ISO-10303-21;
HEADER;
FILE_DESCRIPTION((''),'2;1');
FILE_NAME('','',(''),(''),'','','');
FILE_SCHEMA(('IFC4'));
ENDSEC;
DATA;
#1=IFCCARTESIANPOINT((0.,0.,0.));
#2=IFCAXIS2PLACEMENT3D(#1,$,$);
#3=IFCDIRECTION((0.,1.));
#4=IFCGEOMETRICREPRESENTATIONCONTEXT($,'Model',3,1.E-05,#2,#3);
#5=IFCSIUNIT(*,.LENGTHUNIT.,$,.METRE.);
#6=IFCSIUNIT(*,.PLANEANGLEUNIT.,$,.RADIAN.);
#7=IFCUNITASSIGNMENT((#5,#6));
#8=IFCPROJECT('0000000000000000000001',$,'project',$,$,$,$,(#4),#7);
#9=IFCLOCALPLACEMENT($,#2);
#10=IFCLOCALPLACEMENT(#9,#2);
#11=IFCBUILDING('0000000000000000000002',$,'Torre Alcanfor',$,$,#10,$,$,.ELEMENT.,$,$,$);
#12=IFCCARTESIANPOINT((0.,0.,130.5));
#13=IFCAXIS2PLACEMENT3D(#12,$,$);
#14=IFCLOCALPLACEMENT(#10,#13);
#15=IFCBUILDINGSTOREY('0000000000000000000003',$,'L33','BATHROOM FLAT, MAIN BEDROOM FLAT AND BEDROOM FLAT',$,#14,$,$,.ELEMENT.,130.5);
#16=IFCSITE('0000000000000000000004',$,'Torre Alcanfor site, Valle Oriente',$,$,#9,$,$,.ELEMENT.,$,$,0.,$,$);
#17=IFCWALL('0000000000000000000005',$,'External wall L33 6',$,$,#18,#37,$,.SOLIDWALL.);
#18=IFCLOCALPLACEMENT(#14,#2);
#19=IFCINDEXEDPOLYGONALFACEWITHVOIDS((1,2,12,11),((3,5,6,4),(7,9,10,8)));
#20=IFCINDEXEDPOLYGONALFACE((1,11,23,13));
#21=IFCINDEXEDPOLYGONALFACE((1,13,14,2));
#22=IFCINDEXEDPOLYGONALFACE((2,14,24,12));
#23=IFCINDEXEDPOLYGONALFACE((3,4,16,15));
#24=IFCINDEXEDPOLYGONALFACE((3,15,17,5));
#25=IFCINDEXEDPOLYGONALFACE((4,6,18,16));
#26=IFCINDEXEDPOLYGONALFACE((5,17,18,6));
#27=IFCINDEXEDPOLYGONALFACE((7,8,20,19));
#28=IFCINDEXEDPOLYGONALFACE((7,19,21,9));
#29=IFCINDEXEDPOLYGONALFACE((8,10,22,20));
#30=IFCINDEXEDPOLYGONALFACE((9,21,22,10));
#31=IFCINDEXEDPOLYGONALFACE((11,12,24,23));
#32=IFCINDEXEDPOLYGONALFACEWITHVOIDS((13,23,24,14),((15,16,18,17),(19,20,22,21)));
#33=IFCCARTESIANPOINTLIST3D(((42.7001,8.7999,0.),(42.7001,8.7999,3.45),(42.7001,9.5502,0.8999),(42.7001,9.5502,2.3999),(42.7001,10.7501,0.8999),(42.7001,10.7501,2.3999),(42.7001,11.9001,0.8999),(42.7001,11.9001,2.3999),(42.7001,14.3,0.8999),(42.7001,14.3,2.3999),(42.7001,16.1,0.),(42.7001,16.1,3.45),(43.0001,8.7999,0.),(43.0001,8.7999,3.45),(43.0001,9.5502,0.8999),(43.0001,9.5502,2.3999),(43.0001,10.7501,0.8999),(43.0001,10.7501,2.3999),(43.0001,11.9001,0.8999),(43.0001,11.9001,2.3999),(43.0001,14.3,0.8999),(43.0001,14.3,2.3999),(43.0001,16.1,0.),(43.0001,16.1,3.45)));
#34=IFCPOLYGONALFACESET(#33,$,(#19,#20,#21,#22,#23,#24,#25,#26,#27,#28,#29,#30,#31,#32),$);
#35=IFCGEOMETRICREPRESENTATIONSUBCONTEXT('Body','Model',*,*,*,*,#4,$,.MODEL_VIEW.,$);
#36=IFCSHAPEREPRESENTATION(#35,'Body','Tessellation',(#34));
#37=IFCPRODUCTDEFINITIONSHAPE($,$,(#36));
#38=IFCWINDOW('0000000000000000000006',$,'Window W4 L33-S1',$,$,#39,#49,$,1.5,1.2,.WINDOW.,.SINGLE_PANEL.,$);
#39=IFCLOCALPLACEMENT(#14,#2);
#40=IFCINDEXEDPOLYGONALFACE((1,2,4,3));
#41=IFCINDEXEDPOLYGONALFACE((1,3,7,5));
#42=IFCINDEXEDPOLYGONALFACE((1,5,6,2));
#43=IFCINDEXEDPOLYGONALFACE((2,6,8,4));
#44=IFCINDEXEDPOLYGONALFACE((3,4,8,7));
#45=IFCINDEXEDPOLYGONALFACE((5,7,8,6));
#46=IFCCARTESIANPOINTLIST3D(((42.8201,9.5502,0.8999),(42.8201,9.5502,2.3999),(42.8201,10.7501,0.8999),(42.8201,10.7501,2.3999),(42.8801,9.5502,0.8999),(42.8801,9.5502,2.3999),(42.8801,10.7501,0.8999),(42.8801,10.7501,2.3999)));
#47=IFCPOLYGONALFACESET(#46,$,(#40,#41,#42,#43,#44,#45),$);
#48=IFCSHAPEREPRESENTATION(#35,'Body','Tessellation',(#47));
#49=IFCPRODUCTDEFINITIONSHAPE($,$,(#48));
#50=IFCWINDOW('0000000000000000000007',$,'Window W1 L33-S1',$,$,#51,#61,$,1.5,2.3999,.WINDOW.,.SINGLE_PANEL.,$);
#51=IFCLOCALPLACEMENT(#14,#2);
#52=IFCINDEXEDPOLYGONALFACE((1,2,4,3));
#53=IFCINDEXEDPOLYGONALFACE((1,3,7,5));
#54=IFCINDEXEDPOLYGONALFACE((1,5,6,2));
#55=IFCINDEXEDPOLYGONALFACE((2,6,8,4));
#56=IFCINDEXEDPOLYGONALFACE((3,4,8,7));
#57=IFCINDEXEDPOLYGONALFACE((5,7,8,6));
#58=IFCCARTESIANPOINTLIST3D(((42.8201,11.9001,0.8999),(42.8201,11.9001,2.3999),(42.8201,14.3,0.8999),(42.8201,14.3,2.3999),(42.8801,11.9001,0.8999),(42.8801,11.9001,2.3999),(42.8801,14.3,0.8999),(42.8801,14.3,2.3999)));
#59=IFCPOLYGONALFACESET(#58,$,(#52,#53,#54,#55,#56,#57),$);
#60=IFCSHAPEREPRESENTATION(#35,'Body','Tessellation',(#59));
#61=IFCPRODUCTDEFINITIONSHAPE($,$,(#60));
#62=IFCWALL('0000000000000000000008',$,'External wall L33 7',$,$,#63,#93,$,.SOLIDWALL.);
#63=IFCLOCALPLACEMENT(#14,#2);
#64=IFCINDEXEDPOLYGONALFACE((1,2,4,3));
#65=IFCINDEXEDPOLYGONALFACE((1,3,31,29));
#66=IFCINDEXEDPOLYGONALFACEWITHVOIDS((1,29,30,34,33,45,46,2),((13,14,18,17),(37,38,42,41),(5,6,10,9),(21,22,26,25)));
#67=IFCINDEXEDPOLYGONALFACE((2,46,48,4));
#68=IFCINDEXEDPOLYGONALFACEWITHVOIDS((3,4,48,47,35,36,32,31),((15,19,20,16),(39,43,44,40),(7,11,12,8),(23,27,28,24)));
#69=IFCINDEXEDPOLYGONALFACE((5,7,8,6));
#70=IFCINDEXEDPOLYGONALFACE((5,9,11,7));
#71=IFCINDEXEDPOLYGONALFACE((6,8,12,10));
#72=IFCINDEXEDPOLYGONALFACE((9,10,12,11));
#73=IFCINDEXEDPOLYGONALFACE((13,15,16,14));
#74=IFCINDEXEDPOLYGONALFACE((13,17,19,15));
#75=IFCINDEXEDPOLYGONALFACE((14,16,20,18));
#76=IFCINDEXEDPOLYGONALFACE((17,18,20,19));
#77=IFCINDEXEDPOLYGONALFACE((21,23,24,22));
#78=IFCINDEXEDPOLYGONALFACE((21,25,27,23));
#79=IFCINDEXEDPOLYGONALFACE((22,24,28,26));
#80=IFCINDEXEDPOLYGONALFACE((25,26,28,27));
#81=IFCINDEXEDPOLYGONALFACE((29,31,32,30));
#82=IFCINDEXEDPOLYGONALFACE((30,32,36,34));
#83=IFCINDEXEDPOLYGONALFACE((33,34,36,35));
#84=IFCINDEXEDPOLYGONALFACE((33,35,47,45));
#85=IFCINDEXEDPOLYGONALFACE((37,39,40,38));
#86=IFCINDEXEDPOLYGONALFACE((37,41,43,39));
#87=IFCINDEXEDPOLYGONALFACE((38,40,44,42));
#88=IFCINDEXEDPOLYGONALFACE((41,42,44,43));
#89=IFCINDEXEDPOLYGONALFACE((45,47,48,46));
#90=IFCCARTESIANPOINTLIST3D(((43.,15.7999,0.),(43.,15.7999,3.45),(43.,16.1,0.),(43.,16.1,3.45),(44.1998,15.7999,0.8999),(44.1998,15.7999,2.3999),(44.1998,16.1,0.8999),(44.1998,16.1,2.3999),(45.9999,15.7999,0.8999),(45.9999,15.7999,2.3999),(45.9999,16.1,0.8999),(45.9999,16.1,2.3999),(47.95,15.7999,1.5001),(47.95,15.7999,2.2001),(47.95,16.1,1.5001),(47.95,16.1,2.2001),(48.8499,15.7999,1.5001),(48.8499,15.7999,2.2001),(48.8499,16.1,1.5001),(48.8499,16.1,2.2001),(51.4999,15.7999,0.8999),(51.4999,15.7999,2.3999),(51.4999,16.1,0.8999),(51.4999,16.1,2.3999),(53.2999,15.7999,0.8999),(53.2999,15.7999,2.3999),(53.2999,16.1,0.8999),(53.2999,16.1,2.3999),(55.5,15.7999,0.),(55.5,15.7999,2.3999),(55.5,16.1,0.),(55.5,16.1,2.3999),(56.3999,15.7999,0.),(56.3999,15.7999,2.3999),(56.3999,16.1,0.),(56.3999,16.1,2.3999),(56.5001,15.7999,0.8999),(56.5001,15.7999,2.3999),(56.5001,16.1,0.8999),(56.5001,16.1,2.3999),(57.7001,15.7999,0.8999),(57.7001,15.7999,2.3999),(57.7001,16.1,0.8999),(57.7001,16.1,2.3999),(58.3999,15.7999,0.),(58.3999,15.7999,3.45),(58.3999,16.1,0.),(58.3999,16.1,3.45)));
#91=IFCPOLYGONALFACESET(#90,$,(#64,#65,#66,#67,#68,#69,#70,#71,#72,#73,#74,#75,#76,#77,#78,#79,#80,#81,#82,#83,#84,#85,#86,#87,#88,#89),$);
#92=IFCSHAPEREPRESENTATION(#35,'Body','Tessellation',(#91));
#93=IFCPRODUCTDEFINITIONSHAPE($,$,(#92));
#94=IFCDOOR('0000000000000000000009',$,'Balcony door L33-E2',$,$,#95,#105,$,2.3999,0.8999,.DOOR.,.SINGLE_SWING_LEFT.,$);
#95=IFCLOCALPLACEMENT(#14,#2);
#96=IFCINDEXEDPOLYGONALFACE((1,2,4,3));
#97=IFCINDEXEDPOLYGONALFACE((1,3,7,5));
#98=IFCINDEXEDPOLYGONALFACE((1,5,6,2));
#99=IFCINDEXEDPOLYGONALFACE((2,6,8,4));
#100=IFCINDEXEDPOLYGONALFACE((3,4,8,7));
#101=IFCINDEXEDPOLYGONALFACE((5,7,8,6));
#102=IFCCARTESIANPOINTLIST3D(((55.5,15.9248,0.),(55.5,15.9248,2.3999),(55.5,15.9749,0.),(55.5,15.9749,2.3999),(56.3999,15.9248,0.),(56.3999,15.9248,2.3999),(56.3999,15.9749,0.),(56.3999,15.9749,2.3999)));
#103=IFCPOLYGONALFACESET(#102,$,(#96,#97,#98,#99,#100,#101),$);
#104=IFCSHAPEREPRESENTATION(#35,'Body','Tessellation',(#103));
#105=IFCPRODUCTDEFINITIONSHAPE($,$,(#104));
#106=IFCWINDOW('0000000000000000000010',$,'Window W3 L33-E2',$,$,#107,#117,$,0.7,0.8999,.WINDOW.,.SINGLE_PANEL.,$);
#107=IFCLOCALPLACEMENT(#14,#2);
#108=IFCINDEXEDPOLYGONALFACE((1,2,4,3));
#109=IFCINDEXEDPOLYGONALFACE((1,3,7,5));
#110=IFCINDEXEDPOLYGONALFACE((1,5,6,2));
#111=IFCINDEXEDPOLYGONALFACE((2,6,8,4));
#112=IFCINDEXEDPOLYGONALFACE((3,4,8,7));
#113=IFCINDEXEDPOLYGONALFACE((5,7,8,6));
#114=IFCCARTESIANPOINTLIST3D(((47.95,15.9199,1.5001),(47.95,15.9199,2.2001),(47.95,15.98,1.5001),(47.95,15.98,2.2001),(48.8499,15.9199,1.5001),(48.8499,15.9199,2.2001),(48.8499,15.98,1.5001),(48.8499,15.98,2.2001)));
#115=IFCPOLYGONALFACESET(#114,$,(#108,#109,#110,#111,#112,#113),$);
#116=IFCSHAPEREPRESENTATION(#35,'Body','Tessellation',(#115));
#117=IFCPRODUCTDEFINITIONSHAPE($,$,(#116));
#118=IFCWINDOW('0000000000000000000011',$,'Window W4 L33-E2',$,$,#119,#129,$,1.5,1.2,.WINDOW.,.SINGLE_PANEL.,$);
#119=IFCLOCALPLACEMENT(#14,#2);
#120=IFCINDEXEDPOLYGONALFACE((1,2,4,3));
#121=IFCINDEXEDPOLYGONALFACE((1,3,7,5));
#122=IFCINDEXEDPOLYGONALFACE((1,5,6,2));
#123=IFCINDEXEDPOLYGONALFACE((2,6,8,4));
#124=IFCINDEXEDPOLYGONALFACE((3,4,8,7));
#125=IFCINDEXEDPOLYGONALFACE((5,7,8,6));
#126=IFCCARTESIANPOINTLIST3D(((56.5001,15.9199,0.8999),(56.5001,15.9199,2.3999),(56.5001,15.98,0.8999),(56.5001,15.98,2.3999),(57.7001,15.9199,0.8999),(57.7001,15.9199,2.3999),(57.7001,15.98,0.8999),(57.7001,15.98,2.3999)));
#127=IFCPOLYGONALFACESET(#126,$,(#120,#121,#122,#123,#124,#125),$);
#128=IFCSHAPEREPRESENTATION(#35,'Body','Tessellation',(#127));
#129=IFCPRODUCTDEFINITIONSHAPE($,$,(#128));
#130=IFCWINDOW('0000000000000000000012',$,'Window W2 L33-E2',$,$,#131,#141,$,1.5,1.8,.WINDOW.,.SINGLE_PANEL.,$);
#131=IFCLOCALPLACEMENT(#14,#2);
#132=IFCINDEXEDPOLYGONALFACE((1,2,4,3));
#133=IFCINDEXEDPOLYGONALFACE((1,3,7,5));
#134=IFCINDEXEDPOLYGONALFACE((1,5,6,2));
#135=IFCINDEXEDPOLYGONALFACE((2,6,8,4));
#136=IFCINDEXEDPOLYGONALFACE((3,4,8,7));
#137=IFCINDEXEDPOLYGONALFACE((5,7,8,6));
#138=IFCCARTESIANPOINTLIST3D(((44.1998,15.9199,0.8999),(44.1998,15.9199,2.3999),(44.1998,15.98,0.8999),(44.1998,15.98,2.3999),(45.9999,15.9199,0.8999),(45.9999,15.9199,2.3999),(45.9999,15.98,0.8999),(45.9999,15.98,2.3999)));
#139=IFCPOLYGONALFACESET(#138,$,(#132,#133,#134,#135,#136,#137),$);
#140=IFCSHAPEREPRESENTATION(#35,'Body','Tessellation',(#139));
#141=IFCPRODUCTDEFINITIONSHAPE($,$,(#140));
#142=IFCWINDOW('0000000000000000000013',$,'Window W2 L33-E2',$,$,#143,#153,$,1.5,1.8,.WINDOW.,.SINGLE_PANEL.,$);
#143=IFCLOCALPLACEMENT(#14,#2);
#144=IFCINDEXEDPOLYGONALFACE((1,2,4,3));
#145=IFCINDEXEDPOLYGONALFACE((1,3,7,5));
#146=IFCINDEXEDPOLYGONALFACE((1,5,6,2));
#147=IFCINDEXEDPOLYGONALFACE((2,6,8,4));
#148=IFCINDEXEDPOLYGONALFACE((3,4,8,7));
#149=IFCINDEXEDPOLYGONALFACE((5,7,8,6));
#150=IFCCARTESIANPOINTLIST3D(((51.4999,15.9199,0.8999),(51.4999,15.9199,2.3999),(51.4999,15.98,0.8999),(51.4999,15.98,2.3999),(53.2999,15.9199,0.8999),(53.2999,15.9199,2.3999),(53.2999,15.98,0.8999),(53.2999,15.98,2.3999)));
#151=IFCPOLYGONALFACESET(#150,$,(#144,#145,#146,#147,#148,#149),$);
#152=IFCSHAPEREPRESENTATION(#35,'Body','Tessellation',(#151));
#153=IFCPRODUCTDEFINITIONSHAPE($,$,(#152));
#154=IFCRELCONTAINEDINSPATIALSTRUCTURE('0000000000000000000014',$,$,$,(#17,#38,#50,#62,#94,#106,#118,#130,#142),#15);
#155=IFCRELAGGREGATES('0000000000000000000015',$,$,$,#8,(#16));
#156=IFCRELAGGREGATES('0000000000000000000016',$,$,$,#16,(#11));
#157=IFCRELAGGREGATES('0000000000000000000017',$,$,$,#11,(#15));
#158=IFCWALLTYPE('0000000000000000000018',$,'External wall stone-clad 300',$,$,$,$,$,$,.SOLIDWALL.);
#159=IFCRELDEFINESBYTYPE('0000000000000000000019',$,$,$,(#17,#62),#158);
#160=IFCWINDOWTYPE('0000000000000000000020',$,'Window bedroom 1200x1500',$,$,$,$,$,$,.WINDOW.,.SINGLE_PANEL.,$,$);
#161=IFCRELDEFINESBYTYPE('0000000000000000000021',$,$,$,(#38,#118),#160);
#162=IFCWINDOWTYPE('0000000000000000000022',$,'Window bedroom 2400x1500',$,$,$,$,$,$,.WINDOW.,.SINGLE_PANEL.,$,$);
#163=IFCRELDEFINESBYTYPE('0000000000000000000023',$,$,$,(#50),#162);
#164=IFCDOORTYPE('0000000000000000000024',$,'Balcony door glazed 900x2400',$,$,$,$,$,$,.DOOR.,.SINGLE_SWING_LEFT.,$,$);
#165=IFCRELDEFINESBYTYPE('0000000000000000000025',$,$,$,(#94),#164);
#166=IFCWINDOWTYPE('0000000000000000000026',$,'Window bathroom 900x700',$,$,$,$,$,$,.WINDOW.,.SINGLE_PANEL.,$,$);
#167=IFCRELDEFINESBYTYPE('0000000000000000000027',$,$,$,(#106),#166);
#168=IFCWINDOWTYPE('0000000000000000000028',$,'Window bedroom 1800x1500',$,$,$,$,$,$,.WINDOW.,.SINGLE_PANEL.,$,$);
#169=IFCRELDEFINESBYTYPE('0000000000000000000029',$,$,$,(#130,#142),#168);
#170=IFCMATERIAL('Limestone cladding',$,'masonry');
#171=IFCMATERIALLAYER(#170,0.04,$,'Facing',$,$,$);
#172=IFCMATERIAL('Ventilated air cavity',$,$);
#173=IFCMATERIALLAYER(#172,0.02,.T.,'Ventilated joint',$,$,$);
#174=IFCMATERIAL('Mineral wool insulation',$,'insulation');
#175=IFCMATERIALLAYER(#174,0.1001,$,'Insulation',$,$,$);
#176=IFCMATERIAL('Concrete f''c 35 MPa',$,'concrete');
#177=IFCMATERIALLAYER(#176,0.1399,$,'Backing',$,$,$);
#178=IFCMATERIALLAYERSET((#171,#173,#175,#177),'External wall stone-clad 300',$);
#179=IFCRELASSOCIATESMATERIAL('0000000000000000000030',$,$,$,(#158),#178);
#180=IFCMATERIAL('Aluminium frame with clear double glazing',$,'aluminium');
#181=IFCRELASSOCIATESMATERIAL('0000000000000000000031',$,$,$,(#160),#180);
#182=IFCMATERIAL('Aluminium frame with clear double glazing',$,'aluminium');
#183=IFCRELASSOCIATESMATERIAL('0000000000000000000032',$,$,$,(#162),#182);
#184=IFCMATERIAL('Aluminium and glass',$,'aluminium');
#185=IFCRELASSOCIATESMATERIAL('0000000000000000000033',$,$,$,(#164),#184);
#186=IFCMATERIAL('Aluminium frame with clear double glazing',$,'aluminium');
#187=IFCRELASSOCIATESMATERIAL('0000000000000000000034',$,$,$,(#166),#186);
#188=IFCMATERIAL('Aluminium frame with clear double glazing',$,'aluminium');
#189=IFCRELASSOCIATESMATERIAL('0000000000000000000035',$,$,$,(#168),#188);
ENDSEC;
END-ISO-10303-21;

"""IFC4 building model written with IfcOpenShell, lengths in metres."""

from ifc_helpers import new_model, si_unit, direction, frame, frame_2d, origin, place, context, subcontext, project, spatial, rectangle, extrude, material, layer, layer_set, type_object, element, fill, save


model = new_model("IFC4")

# Units and contexts
model_context = context("Model", 3, precision=1e-05, world=origin(), true_north=direction((0.0, 1.0)))
body_context = subcontext(model_context, "Body", "Model", "MODEL_VIEW")
ifc_project = project(units=[si_unit("LENGTHUNIT", "METRE"), si_unit("PLANEANGLEUNIT", "RADIAN")], contexts=[model_context])

# Site, building, storey
site_placement = place(None, origin())
site = spatial("IfcSite", under=ifc_project, at=site_placement, Name="Torre Alcanfor site, Valle Oriente", CompositionType="ELEMENT", RefElevation=0.0)
building_placement = place(site_placement, origin())
building = spatial("IfcBuilding", under=site, at=building_placement, Name="Torre Alcanfor", CompositionType="ELEMENT")
storey_placement = place(building_placement, frame((0.0, 0.0, 130.5)))
storey = spatial("IfcBuildingStorey", under=building, at=storey_placement, Name="L33", Description="BATHROOM FLAT, MAIN BEDROOM FLAT AND BEDROOM FLAT", CompositionType="ELEMENT", Elevation=130.5)

# Wall, openings, windows
ifc_material_1 = material(Name="Limestone cladding", Category="masonry")
ifc_layer_1 = layer(ifc_material_1, 0.04, Name="Facing")
ifc_material_2 = material(Name="Ventilated air cavity")
ifc_layer_2 = layer(ifc_material_2, 0.02, ventilated=True, Name="Ventilated joint")
ifc_material_3 = material(Name="Mineral wool insulation", Category="insulation")
ifc_layer_3 = layer(ifc_material_3, 0.1001, Name="Insulation")
ifc_material_4 = material(Name="Concrete f'c 35 MPa", Category="concrete")
ifc_layer_4 = layer(ifc_material_4, 0.1399, Name="Backing")
ifc_layer_set_1 = layer_set([ifc_layer_1, ifc_layer_2, ifc_layer_3, ifc_layer_4], Name="External wall stone-clad 300")
wall_type_1 = type_object("IfcWallType", Name="External wall stone-clad 300", PredefinedType="SOLIDWALL", material=ifc_layer_set_1)
wall_1_placement = place(storey_placement, frame((42.8501, 8.8, 0.0), z_axis=(0.0, 0.0, 1.0), x_axis=(0.0, 1.0, 0.0)))
wall_1 = element("IfcWall", 1, at=wall_1_placement, inside=storey, type_object=wall_type_1, Name="External wall L33 6", PredefinedType="SOLIDWALL", context=body_context, shape_type="SweptSolid", body=[
    extrude(rectangle(XDim=7.3, YDim=0.3, at=frame_2d((3.6499, 0.0))), origin(), (0.0, 0.0, 1.0), 3.45),
])
opening_1_placement = place(wall_1_placement, frame((3.1001, 0.0, 0.8999)))
opening_1 = element("IfcOpeningElement", 2, at=opening_1_placement, cuts=wall_1, PredefinedType="OPENING", context=body_context, shape_type="SweptSolid", body=[
    extrude(rectangle(XDim=2.3999, YDim=1.5, at=frame_2d((1.2, 0.75))), frame((0.0, 0.1599, 0.0), z_axis=(0.0, -1.0, 0.0), x_axis=(1.0, 0.0, 0.0)), (0.0, 0.0, 1.0), 0.3201),
])
opening_2_placement = place(wall_1_placement, frame((0.75, 0.0, 0.8999)))
opening_2 = element("IfcOpeningElement", 3, at=opening_2_placement, cuts=wall_1, PredefinedType="OPENING", context=body_context, shape_type="SweptSolid", body=[
    extrude(rectangle(XDim=1.2, YDim=1.5, at=frame_2d((0.6001, 0.75))), frame((0.0, 0.1599, 0.0), z_axis=(0.0, -1.0, 0.0), x_axis=(1.0, 0.0, 0.0)), (0.0, 0.0, 1.0), 0.3201),
])
ifc_material_5 = material(Name="Aluminium frame with clear double glazing", Category="aluminium")
window_type_1 = type_object("IfcWindowType", Name="Window bedroom 1200x1500", PartitioningType="SINGLE_PANEL", PredefinedType="WINDOW", material=ifc_material_5)
window_1_placement = place(opening_2_placement, origin())
window_1 = element("IfcWindow", 4, at=window_1_placement, inside=storey, type_object=window_type_1, Name="Window W4 L33-S1", OverallHeight=1.5, OverallWidth=1.2, PartitioningType="SINGLE_PANEL", PredefinedType="WINDOW", context=body_context, shape_type="SweptSolid", body=[
    extrude(rectangle(XDim=1.2, YDim=1.5, at=frame_2d((0.6001, 0.75))), frame((0.0, 0.03, 0.0), z_axis=(0.0, -1.0, 0.0), x_axis=(1.0, 0.0, 0.0)), (0.0, 0.0, 1.0), 0.0601),
])
fill(opening_2, window_1)
ifc_material_6 = material(Name="Aluminium frame with clear double glazing", Category="aluminium")
window_type_2 = type_object("IfcWindowType", Name="Window bedroom 2400x1500", PartitioningType="SINGLE_PANEL", PredefinedType="WINDOW", material=ifc_material_6)
window_2_placement = place(opening_1_placement, origin())
window_2 = element("IfcWindow", 5, at=window_2_placement, inside=storey, type_object=window_type_2, Name="Window W1 L33-S1", OverallHeight=1.5, OverallWidth=2.3999, PartitioningType="SINGLE_PANEL", PredefinedType="WINDOW", context=body_context, shape_type="SweptSolid", body=[
    extrude(rectangle(XDim=2.3999, YDim=1.5, at=frame_2d((1.2, 0.75))), frame((0.0, 0.03, 0.0), z_axis=(0.0, -1.0, 0.0), x_axis=(1.0, 0.0, 0.0)), (0.0, 0.0, 1.0), 0.0601),
])
fill(opening_1, window_2)

# Wall, openings, door, windows
wall_2_placement = place(storey_placement, frame((43.0, 15.95, 0.0), z_axis=(0.0, 0.0, 1.0), x_axis=(1.0, 0.0, 0.0)))
wall_2 = element("IfcWall", 6, at=wall_2_placement, inside=storey, type_object=wall_type_1, Name="External wall L33 7", PredefinedType="SOLIDWALL", context=body_context, shape_type="SweptSolid", body=[
    extrude(rectangle(XDim=15.3999, YDim=0.3, at=frame_2d((7.7, 0.0))), origin(), (0.0, 0.0, 1.0), 3.45),
])
opening_3_placement = place(wall_2_placement, frame((1.2, 0.0, 0.8999)))
opening_3 = element("IfcOpeningElement", 7, at=opening_3_placement, cuts=wall_2, PredefinedType="OPENING", context=body_context, shape_type="SweptSolid", body=[
    extrude(rectangle(XDim=1.8, YDim=1.5, at=frame_2d((0.8999, 0.75))), frame((0.0, 0.1599, 0.0), z_axis=(0.0, -1.0, 0.0), x_axis=(1.0, 0.0, 0.0)), (0.0, 0.0, 1.0), 0.3201),
])
opening_4_placement = place(wall_2_placement, frame((4.95, 0.0, 1.5)))
opening_4 = element("IfcOpeningElement", 8, at=opening_4_placement, cuts=wall_2, PredefinedType="OPENING", context=body_context, shape_type="SweptSolid", body=[
    extrude(rectangle(XDim=0.8999, YDim=0.7, at=frame_2d((0.45, 0.3501))), frame((0.0, 0.1599, 0.0), z_axis=(0.0, -1.0, 0.0), x_axis=(1.0, 0.0, 0.0)), (0.0, 0.0, 1.0), 0.3201),
])
opening_5_placement = place(wall_2_placement, frame((8.5, 0.0, 0.8999)))
opening_5 = element("IfcOpeningElement", 9, at=opening_5_placement, cuts=wall_2, PredefinedType="OPENING", context=body_context, shape_type="SweptSolid", body=[
    extrude(rectangle(XDim=1.8, YDim=1.5, at=frame_2d((0.8999, 0.75))), frame((0.0, 0.1599, 0.0), z_axis=(0.0, -1.0, 0.0), x_axis=(1.0, 0.0, 0.0)), (0.0, 0.0, 1.0), 0.3201),
])
opening_6_placement = place(wall_2_placement, frame((12.5, 0.0, 0.0)))
opening_6 = element("IfcOpeningElement", 10, at=opening_6_placement, cuts=wall_2, PredefinedType="OPENING", context=body_context, shape_type="SweptSolid", body=[
    extrude(rectangle(XDim=0.8999, YDim=2.3999, at=frame_2d((0.45, 1.2))), frame((0.0, 0.1599, 0.0), z_axis=(0.0, -1.0, 0.0), x_axis=(1.0, 0.0, 0.0)), (0.0, 0.0, 1.0), 0.3201),
])
opening_7_placement = place(wall_2_placement, frame((13.5, 0.0, 0.8999)))
opening_7 = element("IfcOpeningElement", 11, at=opening_7_placement, cuts=wall_2, PredefinedType="OPENING", context=body_context, shape_type="SweptSolid", body=[
    extrude(rectangle(XDim=1.2, YDim=1.5, at=frame_2d((0.6001, 0.75))), frame((0.0, 0.1599, 0.0), z_axis=(0.0, -1.0, 0.0), x_axis=(1.0, 0.0, 0.0)), (0.0, 0.0, 1.0), 0.3201),
])
ifc_material_7 = material(Name="Aluminium and glass", Category="aluminium")
door_type_1 = type_object("IfcDoorType", Name="Balcony door glazed 900x2400", OperationType="SINGLE_SWING_LEFT", PredefinedType="DOOR", material=ifc_material_7)
door_1_placement = place(opening_6_placement, origin())
door_1 = element("IfcDoor", 12, at=door_1_placement, inside=storey, type_object=door_type_1, Name="Balcony door L33-E2", OperationType="SINGLE_SWING_LEFT", OverallHeight=2.3999, OverallWidth=0.8999, PredefinedType="DOOR", context=body_context, shape_type="SweptSolid", body=[
    extrude(rectangle(XDim=0.8999, YDim=2.3999, at=frame_2d((0.45, 1.2))), frame((0.0, 0.0249, 0.0), z_axis=(0.0, -1.0, 0.0), x_axis=(1.0, 0.0, 0.0)), (0.0, 0.0, 1.0), 0.05),
])
fill(opening_6, door_1)
ifc_material_8 = material(Name="Aluminium frame with clear double glazing", Category="aluminium")
window_type_3 = type_object("IfcWindowType", Name="Window bathroom 900x700", PartitioningType="SINGLE_PANEL", PredefinedType="WINDOW", material=ifc_material_8)
window_3_placement = place(opening_4_placement, origin())
window_3 = element("IfcWindow", 13, at=window_3_placement, inside=storey, type_object=window_type_3, Name="Window W3 L33-E2", OverallHeight=0.7, OverallWidth=0.8999, PartitioningType="SINGLE_PANEL", PredefinedType="WINDOW", context=body_context, shape_type="SweptSolid", body=[
    extrude(rectangle(XDim=0.8999, YDim=0.7, at=frame_2d((0.45, 0.3501))), frame((0.0, 0.03, 0.0), z_axis=(0.0, -1.0, 0.0), x_axis=(1.0, 0.0, 0.0)), (0.0, 0.0, 1.0), 0.0601),
])
fill(opening_4, window_3)
window_4_placement = place(opening_7_placement, origin())
window_4 = element("IfcWindow", 14, at=window_4_placement, inside=storey, type_object=window_type_1, Name="Window W4 L33-E2", OverallHeight=1.5, OverallWidth=1.2, PartitioningType="SINGLE_PANEL", PredefinedType="WINDOW", context=body_context, shape_type="SweptSolid", body=[
    extrude(rectangle(XDim=1.2, YDim=1.5, at=frame_2d((0.6001, 0.75))), frame((0.0, 0.03, 0.0), z_axis=(0.0, -1.0, 0.0), x_axis=(1.0, 0.0, 0.0)), (0.0, 0.0, 1.0), 0.0601),
])
fill(opening_7, window_4)
ifc_material_9 = material(Name="Aluminium frame with clear double glazing", Category="aluminium")
window_type_4 = type_object("IfcWindowType", Name="Window bedroom 1800x1500", PartitioningType="SINGLE_PANEL", PredefinedType="WINDOW", material=ifc_material_9)
window_5_placement = place(opening_3_placement, origin())
window_5 = element("IfcWindow", 15, at=window_5_placement, inside=storey, type_object=window_type_4, Name="Window W2 L33-E2", OverallHeight=1.5, OverallWidth=1.8, PartitioningType="SINGLE_PANEL", PredefinedType="WINDOW", context=body_context, shape_type="SweptSolid", body=[
    extrude(rectangle(XDim=1.8, YDim=1.5, at=frame_2d((0.8999, 0.75))), frame((0.0, 0.03, 0.0), z_axis=(0.0, -1.0, 0.0), x_axis=(1.0, 0.0, 0.0)), (0.0, 0.0, 1.0), 0.0601),
])
fill(opening_3, window_5)
window_6_placement = place(opening_5_placement, origin())
window_6 = element("IfcWindow", 16, at=window_6_placement, inside=storey, type_object=window_type_4, Name="Window W2 L33-E2", OverallHeight=1.5, OverallWidth=1.8, PartitioningType="SINGLE_PANEL", PredefinedType="WINDOW", context=body_context, shape_type="SweptSolid", body=[
    extrude(rectangle(XDim=1.8, YDim=1.5, at=frame_2d((0.8999, 0.75))), frame((0.0, 0.03, 0.0), z_axis=(0.0, -1.0, 0.0), x_axis=(1.0, 0.0, 0.0)), (0.0, 0.0, 1.0), 0.0601),
])
fill(opening_5, window_6)

save(model, "model.ifc")
